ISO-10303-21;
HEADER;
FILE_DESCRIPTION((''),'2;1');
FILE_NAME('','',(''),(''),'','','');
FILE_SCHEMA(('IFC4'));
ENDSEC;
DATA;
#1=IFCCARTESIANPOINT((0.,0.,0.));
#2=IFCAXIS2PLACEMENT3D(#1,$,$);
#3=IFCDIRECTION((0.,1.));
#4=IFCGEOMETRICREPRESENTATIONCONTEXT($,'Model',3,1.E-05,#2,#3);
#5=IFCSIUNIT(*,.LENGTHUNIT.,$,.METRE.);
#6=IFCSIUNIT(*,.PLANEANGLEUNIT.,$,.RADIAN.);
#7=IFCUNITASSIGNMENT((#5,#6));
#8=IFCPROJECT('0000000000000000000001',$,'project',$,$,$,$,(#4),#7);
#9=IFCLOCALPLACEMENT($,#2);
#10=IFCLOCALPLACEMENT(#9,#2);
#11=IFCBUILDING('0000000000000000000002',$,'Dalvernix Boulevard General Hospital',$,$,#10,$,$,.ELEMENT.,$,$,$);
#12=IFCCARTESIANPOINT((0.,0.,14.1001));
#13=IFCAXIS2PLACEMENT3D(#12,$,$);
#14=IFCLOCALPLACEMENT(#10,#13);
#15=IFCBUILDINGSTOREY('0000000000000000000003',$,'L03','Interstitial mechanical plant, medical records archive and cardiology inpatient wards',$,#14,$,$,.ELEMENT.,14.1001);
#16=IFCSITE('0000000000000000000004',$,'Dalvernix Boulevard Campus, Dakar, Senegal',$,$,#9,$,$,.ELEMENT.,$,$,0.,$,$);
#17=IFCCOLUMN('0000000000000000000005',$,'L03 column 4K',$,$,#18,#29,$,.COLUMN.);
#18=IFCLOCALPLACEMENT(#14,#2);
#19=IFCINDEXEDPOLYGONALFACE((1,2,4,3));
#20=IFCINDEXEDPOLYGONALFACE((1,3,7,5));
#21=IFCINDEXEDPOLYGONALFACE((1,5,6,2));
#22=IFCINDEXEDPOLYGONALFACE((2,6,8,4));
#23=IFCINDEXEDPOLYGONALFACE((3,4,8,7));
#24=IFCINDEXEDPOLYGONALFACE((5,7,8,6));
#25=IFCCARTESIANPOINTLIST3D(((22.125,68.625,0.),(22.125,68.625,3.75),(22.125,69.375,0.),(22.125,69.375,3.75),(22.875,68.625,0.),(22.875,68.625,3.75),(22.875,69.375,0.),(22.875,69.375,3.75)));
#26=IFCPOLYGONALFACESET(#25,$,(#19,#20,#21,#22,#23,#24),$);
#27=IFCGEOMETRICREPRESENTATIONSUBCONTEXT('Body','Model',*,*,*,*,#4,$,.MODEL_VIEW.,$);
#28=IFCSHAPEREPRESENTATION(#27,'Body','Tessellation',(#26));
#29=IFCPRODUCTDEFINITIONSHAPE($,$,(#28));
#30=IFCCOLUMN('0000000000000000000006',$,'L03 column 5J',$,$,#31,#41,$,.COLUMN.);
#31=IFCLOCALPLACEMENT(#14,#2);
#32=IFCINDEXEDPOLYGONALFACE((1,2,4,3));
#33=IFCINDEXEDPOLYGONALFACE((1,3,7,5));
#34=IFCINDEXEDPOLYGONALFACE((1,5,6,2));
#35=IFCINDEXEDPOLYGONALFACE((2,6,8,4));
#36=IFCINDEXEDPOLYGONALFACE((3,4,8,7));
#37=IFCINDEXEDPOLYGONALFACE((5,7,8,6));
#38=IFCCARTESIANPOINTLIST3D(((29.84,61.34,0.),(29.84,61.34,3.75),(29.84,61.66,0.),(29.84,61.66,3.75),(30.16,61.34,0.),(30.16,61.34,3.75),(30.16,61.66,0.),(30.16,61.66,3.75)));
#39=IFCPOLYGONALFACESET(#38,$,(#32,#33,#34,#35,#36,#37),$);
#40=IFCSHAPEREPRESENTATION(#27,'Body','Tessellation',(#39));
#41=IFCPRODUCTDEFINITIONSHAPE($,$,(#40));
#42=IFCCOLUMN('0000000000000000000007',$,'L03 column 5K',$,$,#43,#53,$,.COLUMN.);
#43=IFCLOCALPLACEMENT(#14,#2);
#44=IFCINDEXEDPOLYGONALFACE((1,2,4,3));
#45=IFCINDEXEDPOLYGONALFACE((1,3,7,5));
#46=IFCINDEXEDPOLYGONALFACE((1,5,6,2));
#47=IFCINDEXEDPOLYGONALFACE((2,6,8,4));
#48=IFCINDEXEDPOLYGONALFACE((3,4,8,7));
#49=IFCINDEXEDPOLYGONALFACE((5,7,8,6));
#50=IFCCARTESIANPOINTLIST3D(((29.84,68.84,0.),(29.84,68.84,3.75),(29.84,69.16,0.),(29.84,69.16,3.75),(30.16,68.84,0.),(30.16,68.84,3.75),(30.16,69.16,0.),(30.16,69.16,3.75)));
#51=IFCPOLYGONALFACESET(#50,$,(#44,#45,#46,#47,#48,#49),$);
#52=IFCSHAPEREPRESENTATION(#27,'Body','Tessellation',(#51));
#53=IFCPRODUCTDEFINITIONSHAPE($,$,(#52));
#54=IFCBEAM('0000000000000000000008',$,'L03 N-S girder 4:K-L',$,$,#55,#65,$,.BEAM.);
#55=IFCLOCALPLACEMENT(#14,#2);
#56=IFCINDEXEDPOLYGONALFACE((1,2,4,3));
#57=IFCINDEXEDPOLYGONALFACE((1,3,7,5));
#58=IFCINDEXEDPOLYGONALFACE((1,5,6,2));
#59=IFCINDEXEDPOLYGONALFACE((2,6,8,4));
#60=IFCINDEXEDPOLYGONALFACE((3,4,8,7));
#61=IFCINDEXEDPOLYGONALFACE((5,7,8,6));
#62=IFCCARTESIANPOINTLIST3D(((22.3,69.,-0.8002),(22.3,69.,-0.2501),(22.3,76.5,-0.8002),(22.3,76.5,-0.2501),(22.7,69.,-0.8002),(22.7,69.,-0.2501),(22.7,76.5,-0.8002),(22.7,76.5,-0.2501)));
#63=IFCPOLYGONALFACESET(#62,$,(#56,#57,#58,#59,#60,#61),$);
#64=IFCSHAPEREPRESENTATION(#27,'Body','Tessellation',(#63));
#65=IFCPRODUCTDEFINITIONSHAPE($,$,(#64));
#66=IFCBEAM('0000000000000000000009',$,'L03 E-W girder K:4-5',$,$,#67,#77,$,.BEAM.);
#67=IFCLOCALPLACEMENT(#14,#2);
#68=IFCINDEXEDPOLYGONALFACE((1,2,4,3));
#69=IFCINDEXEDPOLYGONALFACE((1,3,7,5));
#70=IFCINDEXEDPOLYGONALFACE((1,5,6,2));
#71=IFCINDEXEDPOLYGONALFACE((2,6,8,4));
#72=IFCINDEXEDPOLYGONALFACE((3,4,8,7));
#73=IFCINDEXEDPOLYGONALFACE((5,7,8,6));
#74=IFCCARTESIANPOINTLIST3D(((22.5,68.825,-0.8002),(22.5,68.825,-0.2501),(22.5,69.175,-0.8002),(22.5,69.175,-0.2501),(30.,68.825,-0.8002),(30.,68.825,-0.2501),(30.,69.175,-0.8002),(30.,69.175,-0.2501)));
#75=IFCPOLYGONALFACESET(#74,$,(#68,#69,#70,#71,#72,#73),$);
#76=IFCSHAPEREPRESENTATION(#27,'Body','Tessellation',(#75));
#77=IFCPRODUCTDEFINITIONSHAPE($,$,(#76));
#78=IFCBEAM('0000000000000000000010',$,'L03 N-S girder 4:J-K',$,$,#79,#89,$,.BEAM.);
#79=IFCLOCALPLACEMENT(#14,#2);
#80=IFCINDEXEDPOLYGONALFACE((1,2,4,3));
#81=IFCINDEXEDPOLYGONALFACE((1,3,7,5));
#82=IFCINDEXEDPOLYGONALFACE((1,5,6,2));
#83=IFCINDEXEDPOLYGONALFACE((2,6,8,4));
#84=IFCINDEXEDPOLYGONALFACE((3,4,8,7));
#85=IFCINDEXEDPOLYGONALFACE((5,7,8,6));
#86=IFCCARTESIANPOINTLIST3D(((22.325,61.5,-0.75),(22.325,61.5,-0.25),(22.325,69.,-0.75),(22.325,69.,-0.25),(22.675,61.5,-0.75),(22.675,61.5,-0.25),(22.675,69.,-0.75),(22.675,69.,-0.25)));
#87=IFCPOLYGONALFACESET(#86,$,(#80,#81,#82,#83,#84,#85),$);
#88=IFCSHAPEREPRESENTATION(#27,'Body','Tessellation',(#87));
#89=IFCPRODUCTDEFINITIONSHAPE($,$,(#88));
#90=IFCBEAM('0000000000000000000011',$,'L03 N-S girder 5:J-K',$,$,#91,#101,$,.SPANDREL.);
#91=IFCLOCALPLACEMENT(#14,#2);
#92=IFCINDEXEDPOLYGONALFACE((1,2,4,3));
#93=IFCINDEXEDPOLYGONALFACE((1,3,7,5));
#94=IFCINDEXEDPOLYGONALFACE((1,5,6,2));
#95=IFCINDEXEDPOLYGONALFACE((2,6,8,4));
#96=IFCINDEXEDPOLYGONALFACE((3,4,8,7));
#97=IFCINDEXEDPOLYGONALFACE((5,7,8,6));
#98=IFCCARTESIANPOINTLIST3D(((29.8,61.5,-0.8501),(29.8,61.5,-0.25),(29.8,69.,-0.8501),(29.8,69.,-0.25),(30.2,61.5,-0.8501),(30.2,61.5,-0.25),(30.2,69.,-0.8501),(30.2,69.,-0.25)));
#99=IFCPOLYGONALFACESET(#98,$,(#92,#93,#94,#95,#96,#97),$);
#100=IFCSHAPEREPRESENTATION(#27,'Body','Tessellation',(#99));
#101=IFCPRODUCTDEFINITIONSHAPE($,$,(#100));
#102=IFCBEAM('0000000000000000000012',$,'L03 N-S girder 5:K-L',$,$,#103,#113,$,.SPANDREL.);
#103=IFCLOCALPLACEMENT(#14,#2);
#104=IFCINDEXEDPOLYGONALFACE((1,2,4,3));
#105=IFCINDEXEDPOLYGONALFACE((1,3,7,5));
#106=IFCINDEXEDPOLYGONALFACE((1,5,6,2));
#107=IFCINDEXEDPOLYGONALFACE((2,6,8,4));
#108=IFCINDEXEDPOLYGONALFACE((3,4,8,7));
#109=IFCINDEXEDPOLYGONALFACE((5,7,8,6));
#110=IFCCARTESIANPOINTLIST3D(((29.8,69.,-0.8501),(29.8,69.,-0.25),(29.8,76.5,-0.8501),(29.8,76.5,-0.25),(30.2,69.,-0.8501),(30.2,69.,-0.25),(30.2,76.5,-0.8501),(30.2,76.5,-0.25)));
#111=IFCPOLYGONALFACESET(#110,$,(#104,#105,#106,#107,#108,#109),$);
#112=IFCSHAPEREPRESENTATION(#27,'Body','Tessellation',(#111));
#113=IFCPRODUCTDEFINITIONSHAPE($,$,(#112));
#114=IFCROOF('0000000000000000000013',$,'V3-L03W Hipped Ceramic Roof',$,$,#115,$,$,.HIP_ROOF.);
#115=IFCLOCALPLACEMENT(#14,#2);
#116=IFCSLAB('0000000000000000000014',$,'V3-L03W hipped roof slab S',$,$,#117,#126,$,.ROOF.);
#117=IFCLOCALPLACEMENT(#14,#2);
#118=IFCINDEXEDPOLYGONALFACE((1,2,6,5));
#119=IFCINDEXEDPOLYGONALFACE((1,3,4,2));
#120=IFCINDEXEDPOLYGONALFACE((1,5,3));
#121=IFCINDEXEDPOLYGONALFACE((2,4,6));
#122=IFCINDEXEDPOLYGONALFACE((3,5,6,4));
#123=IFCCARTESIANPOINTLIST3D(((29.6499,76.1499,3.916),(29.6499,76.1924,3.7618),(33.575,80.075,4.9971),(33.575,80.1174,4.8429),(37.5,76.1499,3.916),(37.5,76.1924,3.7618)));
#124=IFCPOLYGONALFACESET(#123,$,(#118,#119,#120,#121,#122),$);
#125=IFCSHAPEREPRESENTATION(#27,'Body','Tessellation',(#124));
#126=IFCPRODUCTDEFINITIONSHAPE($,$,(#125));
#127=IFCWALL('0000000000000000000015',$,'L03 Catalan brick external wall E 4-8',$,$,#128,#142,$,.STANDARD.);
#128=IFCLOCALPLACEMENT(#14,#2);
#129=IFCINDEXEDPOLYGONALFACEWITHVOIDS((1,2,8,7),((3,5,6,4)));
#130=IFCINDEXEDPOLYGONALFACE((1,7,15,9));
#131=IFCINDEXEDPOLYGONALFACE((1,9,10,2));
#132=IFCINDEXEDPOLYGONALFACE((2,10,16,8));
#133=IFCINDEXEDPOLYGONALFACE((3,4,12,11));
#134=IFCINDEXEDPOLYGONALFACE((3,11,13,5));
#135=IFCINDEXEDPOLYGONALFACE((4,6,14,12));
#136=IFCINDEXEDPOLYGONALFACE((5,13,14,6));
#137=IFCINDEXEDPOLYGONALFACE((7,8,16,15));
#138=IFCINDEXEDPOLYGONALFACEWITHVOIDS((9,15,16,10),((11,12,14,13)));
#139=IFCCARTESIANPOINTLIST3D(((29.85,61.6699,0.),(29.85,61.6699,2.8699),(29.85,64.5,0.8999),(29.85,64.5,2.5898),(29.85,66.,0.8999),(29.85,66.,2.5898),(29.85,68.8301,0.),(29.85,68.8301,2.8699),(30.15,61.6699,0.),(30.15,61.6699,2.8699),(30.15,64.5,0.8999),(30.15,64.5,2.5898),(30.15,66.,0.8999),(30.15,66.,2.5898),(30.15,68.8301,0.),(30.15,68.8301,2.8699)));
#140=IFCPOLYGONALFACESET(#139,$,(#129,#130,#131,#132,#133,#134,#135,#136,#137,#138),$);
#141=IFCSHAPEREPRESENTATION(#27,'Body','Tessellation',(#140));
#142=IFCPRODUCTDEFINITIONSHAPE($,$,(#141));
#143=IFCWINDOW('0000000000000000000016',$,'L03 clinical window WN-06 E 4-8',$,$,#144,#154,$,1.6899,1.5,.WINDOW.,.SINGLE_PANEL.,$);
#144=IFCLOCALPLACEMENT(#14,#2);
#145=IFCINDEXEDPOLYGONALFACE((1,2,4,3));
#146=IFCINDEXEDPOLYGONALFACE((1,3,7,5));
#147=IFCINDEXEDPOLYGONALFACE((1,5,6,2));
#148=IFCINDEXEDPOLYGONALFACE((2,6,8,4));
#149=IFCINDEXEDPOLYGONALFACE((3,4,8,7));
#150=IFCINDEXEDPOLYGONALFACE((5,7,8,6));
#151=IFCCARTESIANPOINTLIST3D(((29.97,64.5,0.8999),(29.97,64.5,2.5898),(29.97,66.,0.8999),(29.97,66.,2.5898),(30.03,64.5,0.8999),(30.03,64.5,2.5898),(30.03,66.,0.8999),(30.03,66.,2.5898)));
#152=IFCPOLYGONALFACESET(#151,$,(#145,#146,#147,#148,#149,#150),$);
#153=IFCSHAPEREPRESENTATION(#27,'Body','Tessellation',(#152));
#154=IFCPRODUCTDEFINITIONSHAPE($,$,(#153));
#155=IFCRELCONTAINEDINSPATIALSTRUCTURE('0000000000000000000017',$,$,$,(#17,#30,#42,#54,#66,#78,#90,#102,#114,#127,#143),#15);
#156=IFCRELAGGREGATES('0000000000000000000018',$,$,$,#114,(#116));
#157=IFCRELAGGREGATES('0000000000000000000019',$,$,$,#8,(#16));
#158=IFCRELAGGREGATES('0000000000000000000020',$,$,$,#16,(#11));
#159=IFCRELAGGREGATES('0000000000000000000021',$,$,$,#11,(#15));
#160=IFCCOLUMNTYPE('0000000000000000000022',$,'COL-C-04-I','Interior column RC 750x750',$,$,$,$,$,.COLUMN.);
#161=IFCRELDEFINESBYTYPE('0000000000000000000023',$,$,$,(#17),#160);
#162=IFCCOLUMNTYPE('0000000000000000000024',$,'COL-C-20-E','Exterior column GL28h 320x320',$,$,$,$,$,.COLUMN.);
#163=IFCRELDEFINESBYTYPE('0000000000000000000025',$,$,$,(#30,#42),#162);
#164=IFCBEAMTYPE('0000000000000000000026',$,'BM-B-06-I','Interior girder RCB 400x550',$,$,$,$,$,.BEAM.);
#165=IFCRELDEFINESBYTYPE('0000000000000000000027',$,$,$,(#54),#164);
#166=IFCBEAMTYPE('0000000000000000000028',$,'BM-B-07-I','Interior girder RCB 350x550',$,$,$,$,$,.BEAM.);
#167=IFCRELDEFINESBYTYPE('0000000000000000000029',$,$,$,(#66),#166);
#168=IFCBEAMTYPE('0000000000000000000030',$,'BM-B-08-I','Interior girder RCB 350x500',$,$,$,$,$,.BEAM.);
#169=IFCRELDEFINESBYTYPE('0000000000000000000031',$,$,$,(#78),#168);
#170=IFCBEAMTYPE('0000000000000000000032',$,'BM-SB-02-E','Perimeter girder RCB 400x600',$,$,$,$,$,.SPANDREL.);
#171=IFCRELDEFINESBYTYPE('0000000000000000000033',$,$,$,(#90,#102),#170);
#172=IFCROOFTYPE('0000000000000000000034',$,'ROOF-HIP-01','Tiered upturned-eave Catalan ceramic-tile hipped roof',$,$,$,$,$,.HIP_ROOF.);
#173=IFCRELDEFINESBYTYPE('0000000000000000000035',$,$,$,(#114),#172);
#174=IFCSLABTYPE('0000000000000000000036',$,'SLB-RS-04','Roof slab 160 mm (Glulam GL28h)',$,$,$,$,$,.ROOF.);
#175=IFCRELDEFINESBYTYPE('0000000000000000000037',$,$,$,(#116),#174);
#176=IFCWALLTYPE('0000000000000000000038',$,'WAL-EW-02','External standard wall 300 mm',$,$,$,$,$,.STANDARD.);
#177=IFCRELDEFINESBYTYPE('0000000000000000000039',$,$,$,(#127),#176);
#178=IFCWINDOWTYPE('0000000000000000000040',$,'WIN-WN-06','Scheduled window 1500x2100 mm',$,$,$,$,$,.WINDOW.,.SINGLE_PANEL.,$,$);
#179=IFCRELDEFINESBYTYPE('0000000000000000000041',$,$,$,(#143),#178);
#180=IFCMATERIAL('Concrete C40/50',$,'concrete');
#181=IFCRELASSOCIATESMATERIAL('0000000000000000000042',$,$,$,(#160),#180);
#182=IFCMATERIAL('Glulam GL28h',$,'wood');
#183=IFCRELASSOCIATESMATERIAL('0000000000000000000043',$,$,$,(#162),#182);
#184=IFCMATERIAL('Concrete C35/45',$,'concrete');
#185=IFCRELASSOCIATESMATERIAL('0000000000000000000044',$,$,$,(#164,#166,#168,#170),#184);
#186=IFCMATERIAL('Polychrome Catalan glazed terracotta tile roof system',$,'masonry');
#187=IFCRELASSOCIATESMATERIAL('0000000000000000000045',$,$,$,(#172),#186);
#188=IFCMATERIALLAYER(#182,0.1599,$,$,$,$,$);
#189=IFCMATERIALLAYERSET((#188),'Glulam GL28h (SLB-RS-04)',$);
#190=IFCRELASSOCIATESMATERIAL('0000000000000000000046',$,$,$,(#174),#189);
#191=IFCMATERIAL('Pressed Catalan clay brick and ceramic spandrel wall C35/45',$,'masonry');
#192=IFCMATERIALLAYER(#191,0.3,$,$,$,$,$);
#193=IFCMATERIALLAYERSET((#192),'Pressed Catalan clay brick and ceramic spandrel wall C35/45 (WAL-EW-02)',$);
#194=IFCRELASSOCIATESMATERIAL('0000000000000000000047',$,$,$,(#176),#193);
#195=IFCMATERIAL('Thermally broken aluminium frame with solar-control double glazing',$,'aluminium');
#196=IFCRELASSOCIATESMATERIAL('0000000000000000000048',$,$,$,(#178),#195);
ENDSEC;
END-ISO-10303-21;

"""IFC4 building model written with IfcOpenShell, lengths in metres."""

from ifc_helpers import new_model, si_unit, direction, frame, frame_2d, origin, origin_2d, place, context, subcontext, project, spatial, polyline, rectangle, outline, extrude, material, layer, layer_set, material_profile, profile_set, type_object, element, fill, aggregate, save


model = new_model("IFC4")

# Units and contexts
model_context = context("Model", 3, precision=1e-05, world=origin(), true_north=direction((0.0, 1.0)))
body_context = subcontext(model_context, "Body", "Model", "MODEL_VIEW")
ifc_project = project(units=[si_unit("LENGTHUNIT", "METRE"), si_unit("PLANEANGLEUNIT", "RADIAN")], contexts=[model_context])

# Site, building, storey
site_placement = place(None, origin())
site = spatial("IfcSite", under=ifc_project, at=site_placement, Name="Dalvernix Boulevard Campus, Dakar, Senegal", CompositionType="ELEMENT", RefElevation=0.0)
building_placement = place(site_placement, origin())
building = spatial("IfcBuilding", under=site, at=building_placement, Name="Dalvernix Boulevard General Hospital", CompositionType="ELEMENT")
storey_placement = place(building_placement, frame((0.0, 0.0, 14.1001)))
storey = spatial("IfcBuildingStorey", under=building, at=storey_placement, Name="L03", Description="Interstitial mechanical plant, medical records archive and cardiology inpatient wards", CompositionType="ELEMENT", Elevation=14.1001)

# Columns
ifc_material_1 = material(Name="Concrete C40/50", Category="concrete")
ifc_material_profile_1 = material_profile(ifc_material_1, rectangle(XDim=0.75, YDim=0.75, at=origin_2d()), Name="RC 750x750")
ifc_profile_set_1 = profile_set([ifc_material_profile_1], Name="Concrete C40/50")
column_type_1 = type_object("IfcColumnType", Name="COL-C-04-I", Description="Interior column RC 750x750", PredefinedType="COLUMN", material=ifc_profile_set_1)
column_placement = place(storey_placement, frame((22.5, 69.0, 0.0), z_axis=(0.0, 0.0, 1.0), x_axis=(1.0, 0.0, 0.0)))
element("IfcColumn", 1, at=column_placement, inside=storey, type_object=column_type_1, Name="L03 column 4K", PredefinedType="COLUMN", context=body_context, shape_type="SweptSolid", body=[
    extrude(rectangle(XDim=0.75, YDim=0.75, at=origin_2d()), origin(), (0.0, 0.0, 1.0), 3.75),
])
ifc_material_2 = material(Name="Glulam GL28h", Category="wood")
ifc_material_profile_2 = material_profile(ifc_material_2, rectangle(XDim=0.3201, YDim=0.3201, at=origin_2d()), Name="GL28h 320x320")
ifc_profile_set_2 = profile_set([ifc_material_profile_2], Name="Glulam GL28h")
column_type_2 = type_object("IfcColumnType", Name="COL-C-20-E", Description="Exterior column GL28h 320x320", PredefinedType="COLUMN", material=ifc_profile_set_2)
for number, where, z_axis, x_axis, name in (
    (2, (30.0, 61.5, 0.0), (0.0, 0.0, 1.0), (1.0, 0.0, 0.0), "L03 column 5J"),
    (3, (30.0, 69.0, 0.0), (0.0, 0.0, 1.0), (1.0, 0.0, 0.0), "L03 column 5K"),
):
    element("IfcColumn", number, at=place(storey_placement, frame(where, z_axis=z_axis, x_axis=x_axis)), inside=storey, type_object=column_type_2, Name=name, PredefinedType="COLUMN", context=body_context, shape_type="SweptSolid", body=[
        extrude(rectangle(XDim=0.3201, YDim=0.3201, at=origin_2d()), origin(), (0.0, 0.0, 1.0), 3.75),
    ])

# Beams
ifc_material_3 = material(Name="Concrete C35/45", Category="concrete")
ifc_material_profile_3 = material_profile(ifc_material_3, rectangle(XDim=0.3999, YDim=0.55, at=origin_2d()), Name="RCB 400x550")
ifc_profile_set_3 = profile_set([ifc_material_profile_3], Name="Concrete C35/45")
beam_type_1 = type_object("IfcBeamType", Name="BM-B-06-I", Description="Interior girder RCB 400x550", PredefinedType="BEAM", material=ifc_profile_set_3)
beam_1_placement = place(storey_placement, frame((22.5, 69.0, -0.5251), z_axis=(0.0, 1.0, 0.0), x_axis=(-1.0, 0.0, 0.0)))
element("IfcBeam", 4, at=beam_1_placement, inside=storey, type_object=beam_type_1, Name="L03 N-S girder 4:K-L", PredefinedType="BEAM", context=body_context, shape_type="SweptSolid", body=[
    extrude(rectangle(XDim=0.3999, YDim=0.55, at=origin_2d()), origin(), (0.0, 0.0, 1.0), 7.5),
])
ifc_material_profile_4 = material_profile(ifc_material_3, rectangle(XDim=0.3501, YDim=0.55, at=origin_2d()), Name="RCB 350x550")
ifc_profile_set_4 = profile_set([ifc_material_profile_4], Name="Concrete C35/45")
beam_type_2 = type_object("IfcBeamType", Name="BM-B-07-I", Description="Interior girder RCB 350x550", PredefinedType="BEAM", material=ifc_profile_set_4)
beam_2_placement = place(storey_placement, frame((22.5, 69.0, -0.5251), z_axis=(1.0, 0.0, 0.0), x_axis=(0.0, 1.0, 0.0)))
element("IfcBeam", 5, at=beam_2_placement, inside=storey, type_object=beam_type_2, Name="L03 E-W girder K:4-5", PredefinedType="BEAM", context=body_context, shape_type="SweptSolid", body=[
    extrude(rectangle(XDim=0.3501, YDim=0.55, at=origin_2d()), origin(), (0.0, 0.0, 1.0), 7.5),
])
ifc_material_profile_5 = material_profile(ifc_material_3, rectangle(XDim=0.3501, YDim=0.5, at=origin_2d()), Name="RCB 350x500")
ifc_profile_set_5 = profile_set([ifc_material_profile_5], Name="Concrete C35/45")
beam_type_3 = type_object("IfcBeamType", Name="BM-B-08-I", Description="Interior girder RCB 350x500", PredefinedType="BEAM", material=ifc_profile_set_5)
beam_3_placement = place(storey_placement, frame((22.5, 61.5, -0.5), z_axis=(0.0, 1.0, 0.0), x_axis=(-1.0, 0.0, 0.0)))
element("IfcBeam", 6, at=beam_3_placement, inside=storey, type_object=beam_type_3, Name="L03 N-S girder 4:J-K", PredefinedType="BEAM", context=body_context, shape_type="SweptSolid", body=[
    extrude(rectangle(XDim=0.3501, YDim=0.5, at=origin_2d()), origin(), (0.0, 0.0, 1.0), 7.5),
])
ifc_material_profile_6 = material_profile(ifc_material_3, rectangle(XDim=0.3999, YDim=0.6001, at=origin_2d()), Name="RCB 400x600")
ifc_profile_set_6 = profile_set([ifc_material_profile_6], Name="Concrete C35/45")
beam_type_4 = type_object("IfcBeamType", Name="BM-SB-02-E", Description="Perimeter girder RCB 400x600", PredefinedType="SPANDREL", material=ifc_profile_set_6)
for number, where, z_axis, x_axis, name in (
    (7, (30.0, 61.5, -0.55), (0.0, 1.0, 0.0), (-1.0, 0.0, 0.0), "L03 N-S girder 5:J-K"),
    (8, (30.0, 69.0, -0.55), (0.0, 1.0, 0.0), (-1.0, 0.0, 0.0), "L03 N-S girder 5:K-L"),
):
    element("IfcBeam", number, at=place(storey_placement, frame(where, z_axis=z_axis, x_axis=x_axis)), inside=storey, type_object=beam_type_4, Name=name, PredefinedType="SPANDREL", context=body_context, shape_type="SweptSolid", body=[
        extrude(rectangle(XDim=0.3999, YDim=0.6001, at=origin_2d()), origin(), (0.0, 0.0, 1.0), 7.5),
    ])

# Roof, slab
ifc_material_4 = material(Name="Polychrome Catalan glazed terracotta tile roof system", Category="masonry")
roof_type_1 = type_object("IfcRoofType", Name="ROOF-HIP-01", Description="Tiered upturned-eave Catalan ceramic-tile hipped roof", PredefinedType="HIP_ROOF", material=ifc_material_4)
roof_1_placement = place(storey_placement, origin())
roof_1 = element("IfcRoof", 9, at=roof_1_placement, inside=storey, type_object=roof_type_1, Name="V3-L03W Hipped Ceramic Roof", PredefinedType="HIP_ROOF")
ifc_layer_1 = layer(ifc_material_2, 0.1599)
ifc_layer_set_1 = layer_set([ifc_layer_1], Name="Glulam GL28h (SLB-RS-04)")
slab_type = type_object("IfcSlabType", Name="SLB-RS-04", Description="Roof slab 160 mm (Glulam GL28h)", PredefinedType="ROOF", material=ifc_layer_set_1)
slab_placement = place(storey_placement, frame((29.6499, 76.1499, 3.916), z_axis=(0.0, -0.265537, 0.964101), x_axis=(1.0, 0.0, 0.0)))
slab = element("IfcSlab", 10, at=slab_placement, type_object=slab_type, Name="V3-L03W hipped roof slab S", PredefinedType="ROOF", context=body_context, shape_type="SweptSolid", body=[
    extrude(outline(polyline([(0.0, 0.0), (7.8501, 0.0), (3.925, 4.0712), (0.0, 0.0)])), origin(), (0.0, 0.0, -1.0), 0.1599),
])
aggregate(roof_1, [slab])

# Wall, opening, window
ifc_material_5 = material(Name="Pressed Catalan clay brick and ceramic spandrel wall C35/45", Category="masonry")
ifc_layer_2 = layer(ifc_material_5, 0.3)
ifc_layer_set_2 = layer_set([ifc_layer_2], Name="Pressed Catalan clay brick and ceramic spandrel wall C35/45 (WAL-EW-02)")
wall_type_1 = type_object("IfcWallType", Name="WAL-EW-02", Description="External standard wall 300 mm", PredefinedType="STANDARD", material=ifc_layer_set_2)
wall_1_placement = place(storey_placement, frame((30.0, 68.8301, 0.0), z_axis=(0.0, 0.0, 1.0), x_axis=(0.0, -1.0, 0.0)))
wall_1 = element("IfcWall", 11, at=wall_1_placement, inside=storey, type_object=wall_type_1, Name="L03 Catalan brick external wall E 4-8", PredefinedType="STANDARD", context=body_context, shape_type="SweptSolid", body=[
    extrude(rectangle(XDim=7.1602, YDim=0.3, at=frame_2d((3.5801, 0.0))), origin(), (0.0, 0.0, 1.0), 2.8699),
])
opening_1_placement = place(wall_1_placement, frame((2.8301, 0.0, 0.8999)))
opening_1 = element("IfcOpeningElement", 12, at=opening_1_placement, cuts=wall_1, PredefinedType="OPENING", context=body_context, shape_type="SweptSolid", body=[
    extrude(rectangle(XDim=1.5, YDim=1.6899, at=frame_2d((0.75, 0.845))), frame((0.0, 0.1599, 0.0), z_axis=(0.0, -1.0, 0.0), x_axis=(1.0, 0.0, 0.0)), (0.0, 0.0, 1.0), 0.3201),
])
ifc_material_6 = material(Name="Thermally broken aluminium frame with solar-control double glazing", Category="aluminium")
window_type_1 = type_object("IfcWindowType", Name="WIN-WN-06", Description="Scheduled window 1500x2100 mm", PartitioningType="SINGLE_PANEL", PredefinedType="WINDOW", material=ifc_material_6)
window_1_placement = place(opening_1_placement, origin())
window_1 = element("IfcWindow", 13, at=window_1_placement, inside=storey, type_object=window_type_1, Name="L03 clinical window WN-06 E 4-8", OverallHeight=1.6899, OverallWidth=1.5, PartitioningType="SINGLE_PANEL", PredefinedType="WINDOW", context=body_context, shape_type="SweptSolid", body=[
    extrude(rectangle(XDim=1.5, YDim=1.6899, at=frame_2d((0.75, 0.845))), frame((0.0, 0.03, 0.0), z_axis=(0.0, -1.0, 0.0), x_axis=(1.0, 0.0, 0.0)), (0.0, 0.0, 1.0), 0.0601),
])
fill(opening_1, window_1)

save(model, "model.ifc")
